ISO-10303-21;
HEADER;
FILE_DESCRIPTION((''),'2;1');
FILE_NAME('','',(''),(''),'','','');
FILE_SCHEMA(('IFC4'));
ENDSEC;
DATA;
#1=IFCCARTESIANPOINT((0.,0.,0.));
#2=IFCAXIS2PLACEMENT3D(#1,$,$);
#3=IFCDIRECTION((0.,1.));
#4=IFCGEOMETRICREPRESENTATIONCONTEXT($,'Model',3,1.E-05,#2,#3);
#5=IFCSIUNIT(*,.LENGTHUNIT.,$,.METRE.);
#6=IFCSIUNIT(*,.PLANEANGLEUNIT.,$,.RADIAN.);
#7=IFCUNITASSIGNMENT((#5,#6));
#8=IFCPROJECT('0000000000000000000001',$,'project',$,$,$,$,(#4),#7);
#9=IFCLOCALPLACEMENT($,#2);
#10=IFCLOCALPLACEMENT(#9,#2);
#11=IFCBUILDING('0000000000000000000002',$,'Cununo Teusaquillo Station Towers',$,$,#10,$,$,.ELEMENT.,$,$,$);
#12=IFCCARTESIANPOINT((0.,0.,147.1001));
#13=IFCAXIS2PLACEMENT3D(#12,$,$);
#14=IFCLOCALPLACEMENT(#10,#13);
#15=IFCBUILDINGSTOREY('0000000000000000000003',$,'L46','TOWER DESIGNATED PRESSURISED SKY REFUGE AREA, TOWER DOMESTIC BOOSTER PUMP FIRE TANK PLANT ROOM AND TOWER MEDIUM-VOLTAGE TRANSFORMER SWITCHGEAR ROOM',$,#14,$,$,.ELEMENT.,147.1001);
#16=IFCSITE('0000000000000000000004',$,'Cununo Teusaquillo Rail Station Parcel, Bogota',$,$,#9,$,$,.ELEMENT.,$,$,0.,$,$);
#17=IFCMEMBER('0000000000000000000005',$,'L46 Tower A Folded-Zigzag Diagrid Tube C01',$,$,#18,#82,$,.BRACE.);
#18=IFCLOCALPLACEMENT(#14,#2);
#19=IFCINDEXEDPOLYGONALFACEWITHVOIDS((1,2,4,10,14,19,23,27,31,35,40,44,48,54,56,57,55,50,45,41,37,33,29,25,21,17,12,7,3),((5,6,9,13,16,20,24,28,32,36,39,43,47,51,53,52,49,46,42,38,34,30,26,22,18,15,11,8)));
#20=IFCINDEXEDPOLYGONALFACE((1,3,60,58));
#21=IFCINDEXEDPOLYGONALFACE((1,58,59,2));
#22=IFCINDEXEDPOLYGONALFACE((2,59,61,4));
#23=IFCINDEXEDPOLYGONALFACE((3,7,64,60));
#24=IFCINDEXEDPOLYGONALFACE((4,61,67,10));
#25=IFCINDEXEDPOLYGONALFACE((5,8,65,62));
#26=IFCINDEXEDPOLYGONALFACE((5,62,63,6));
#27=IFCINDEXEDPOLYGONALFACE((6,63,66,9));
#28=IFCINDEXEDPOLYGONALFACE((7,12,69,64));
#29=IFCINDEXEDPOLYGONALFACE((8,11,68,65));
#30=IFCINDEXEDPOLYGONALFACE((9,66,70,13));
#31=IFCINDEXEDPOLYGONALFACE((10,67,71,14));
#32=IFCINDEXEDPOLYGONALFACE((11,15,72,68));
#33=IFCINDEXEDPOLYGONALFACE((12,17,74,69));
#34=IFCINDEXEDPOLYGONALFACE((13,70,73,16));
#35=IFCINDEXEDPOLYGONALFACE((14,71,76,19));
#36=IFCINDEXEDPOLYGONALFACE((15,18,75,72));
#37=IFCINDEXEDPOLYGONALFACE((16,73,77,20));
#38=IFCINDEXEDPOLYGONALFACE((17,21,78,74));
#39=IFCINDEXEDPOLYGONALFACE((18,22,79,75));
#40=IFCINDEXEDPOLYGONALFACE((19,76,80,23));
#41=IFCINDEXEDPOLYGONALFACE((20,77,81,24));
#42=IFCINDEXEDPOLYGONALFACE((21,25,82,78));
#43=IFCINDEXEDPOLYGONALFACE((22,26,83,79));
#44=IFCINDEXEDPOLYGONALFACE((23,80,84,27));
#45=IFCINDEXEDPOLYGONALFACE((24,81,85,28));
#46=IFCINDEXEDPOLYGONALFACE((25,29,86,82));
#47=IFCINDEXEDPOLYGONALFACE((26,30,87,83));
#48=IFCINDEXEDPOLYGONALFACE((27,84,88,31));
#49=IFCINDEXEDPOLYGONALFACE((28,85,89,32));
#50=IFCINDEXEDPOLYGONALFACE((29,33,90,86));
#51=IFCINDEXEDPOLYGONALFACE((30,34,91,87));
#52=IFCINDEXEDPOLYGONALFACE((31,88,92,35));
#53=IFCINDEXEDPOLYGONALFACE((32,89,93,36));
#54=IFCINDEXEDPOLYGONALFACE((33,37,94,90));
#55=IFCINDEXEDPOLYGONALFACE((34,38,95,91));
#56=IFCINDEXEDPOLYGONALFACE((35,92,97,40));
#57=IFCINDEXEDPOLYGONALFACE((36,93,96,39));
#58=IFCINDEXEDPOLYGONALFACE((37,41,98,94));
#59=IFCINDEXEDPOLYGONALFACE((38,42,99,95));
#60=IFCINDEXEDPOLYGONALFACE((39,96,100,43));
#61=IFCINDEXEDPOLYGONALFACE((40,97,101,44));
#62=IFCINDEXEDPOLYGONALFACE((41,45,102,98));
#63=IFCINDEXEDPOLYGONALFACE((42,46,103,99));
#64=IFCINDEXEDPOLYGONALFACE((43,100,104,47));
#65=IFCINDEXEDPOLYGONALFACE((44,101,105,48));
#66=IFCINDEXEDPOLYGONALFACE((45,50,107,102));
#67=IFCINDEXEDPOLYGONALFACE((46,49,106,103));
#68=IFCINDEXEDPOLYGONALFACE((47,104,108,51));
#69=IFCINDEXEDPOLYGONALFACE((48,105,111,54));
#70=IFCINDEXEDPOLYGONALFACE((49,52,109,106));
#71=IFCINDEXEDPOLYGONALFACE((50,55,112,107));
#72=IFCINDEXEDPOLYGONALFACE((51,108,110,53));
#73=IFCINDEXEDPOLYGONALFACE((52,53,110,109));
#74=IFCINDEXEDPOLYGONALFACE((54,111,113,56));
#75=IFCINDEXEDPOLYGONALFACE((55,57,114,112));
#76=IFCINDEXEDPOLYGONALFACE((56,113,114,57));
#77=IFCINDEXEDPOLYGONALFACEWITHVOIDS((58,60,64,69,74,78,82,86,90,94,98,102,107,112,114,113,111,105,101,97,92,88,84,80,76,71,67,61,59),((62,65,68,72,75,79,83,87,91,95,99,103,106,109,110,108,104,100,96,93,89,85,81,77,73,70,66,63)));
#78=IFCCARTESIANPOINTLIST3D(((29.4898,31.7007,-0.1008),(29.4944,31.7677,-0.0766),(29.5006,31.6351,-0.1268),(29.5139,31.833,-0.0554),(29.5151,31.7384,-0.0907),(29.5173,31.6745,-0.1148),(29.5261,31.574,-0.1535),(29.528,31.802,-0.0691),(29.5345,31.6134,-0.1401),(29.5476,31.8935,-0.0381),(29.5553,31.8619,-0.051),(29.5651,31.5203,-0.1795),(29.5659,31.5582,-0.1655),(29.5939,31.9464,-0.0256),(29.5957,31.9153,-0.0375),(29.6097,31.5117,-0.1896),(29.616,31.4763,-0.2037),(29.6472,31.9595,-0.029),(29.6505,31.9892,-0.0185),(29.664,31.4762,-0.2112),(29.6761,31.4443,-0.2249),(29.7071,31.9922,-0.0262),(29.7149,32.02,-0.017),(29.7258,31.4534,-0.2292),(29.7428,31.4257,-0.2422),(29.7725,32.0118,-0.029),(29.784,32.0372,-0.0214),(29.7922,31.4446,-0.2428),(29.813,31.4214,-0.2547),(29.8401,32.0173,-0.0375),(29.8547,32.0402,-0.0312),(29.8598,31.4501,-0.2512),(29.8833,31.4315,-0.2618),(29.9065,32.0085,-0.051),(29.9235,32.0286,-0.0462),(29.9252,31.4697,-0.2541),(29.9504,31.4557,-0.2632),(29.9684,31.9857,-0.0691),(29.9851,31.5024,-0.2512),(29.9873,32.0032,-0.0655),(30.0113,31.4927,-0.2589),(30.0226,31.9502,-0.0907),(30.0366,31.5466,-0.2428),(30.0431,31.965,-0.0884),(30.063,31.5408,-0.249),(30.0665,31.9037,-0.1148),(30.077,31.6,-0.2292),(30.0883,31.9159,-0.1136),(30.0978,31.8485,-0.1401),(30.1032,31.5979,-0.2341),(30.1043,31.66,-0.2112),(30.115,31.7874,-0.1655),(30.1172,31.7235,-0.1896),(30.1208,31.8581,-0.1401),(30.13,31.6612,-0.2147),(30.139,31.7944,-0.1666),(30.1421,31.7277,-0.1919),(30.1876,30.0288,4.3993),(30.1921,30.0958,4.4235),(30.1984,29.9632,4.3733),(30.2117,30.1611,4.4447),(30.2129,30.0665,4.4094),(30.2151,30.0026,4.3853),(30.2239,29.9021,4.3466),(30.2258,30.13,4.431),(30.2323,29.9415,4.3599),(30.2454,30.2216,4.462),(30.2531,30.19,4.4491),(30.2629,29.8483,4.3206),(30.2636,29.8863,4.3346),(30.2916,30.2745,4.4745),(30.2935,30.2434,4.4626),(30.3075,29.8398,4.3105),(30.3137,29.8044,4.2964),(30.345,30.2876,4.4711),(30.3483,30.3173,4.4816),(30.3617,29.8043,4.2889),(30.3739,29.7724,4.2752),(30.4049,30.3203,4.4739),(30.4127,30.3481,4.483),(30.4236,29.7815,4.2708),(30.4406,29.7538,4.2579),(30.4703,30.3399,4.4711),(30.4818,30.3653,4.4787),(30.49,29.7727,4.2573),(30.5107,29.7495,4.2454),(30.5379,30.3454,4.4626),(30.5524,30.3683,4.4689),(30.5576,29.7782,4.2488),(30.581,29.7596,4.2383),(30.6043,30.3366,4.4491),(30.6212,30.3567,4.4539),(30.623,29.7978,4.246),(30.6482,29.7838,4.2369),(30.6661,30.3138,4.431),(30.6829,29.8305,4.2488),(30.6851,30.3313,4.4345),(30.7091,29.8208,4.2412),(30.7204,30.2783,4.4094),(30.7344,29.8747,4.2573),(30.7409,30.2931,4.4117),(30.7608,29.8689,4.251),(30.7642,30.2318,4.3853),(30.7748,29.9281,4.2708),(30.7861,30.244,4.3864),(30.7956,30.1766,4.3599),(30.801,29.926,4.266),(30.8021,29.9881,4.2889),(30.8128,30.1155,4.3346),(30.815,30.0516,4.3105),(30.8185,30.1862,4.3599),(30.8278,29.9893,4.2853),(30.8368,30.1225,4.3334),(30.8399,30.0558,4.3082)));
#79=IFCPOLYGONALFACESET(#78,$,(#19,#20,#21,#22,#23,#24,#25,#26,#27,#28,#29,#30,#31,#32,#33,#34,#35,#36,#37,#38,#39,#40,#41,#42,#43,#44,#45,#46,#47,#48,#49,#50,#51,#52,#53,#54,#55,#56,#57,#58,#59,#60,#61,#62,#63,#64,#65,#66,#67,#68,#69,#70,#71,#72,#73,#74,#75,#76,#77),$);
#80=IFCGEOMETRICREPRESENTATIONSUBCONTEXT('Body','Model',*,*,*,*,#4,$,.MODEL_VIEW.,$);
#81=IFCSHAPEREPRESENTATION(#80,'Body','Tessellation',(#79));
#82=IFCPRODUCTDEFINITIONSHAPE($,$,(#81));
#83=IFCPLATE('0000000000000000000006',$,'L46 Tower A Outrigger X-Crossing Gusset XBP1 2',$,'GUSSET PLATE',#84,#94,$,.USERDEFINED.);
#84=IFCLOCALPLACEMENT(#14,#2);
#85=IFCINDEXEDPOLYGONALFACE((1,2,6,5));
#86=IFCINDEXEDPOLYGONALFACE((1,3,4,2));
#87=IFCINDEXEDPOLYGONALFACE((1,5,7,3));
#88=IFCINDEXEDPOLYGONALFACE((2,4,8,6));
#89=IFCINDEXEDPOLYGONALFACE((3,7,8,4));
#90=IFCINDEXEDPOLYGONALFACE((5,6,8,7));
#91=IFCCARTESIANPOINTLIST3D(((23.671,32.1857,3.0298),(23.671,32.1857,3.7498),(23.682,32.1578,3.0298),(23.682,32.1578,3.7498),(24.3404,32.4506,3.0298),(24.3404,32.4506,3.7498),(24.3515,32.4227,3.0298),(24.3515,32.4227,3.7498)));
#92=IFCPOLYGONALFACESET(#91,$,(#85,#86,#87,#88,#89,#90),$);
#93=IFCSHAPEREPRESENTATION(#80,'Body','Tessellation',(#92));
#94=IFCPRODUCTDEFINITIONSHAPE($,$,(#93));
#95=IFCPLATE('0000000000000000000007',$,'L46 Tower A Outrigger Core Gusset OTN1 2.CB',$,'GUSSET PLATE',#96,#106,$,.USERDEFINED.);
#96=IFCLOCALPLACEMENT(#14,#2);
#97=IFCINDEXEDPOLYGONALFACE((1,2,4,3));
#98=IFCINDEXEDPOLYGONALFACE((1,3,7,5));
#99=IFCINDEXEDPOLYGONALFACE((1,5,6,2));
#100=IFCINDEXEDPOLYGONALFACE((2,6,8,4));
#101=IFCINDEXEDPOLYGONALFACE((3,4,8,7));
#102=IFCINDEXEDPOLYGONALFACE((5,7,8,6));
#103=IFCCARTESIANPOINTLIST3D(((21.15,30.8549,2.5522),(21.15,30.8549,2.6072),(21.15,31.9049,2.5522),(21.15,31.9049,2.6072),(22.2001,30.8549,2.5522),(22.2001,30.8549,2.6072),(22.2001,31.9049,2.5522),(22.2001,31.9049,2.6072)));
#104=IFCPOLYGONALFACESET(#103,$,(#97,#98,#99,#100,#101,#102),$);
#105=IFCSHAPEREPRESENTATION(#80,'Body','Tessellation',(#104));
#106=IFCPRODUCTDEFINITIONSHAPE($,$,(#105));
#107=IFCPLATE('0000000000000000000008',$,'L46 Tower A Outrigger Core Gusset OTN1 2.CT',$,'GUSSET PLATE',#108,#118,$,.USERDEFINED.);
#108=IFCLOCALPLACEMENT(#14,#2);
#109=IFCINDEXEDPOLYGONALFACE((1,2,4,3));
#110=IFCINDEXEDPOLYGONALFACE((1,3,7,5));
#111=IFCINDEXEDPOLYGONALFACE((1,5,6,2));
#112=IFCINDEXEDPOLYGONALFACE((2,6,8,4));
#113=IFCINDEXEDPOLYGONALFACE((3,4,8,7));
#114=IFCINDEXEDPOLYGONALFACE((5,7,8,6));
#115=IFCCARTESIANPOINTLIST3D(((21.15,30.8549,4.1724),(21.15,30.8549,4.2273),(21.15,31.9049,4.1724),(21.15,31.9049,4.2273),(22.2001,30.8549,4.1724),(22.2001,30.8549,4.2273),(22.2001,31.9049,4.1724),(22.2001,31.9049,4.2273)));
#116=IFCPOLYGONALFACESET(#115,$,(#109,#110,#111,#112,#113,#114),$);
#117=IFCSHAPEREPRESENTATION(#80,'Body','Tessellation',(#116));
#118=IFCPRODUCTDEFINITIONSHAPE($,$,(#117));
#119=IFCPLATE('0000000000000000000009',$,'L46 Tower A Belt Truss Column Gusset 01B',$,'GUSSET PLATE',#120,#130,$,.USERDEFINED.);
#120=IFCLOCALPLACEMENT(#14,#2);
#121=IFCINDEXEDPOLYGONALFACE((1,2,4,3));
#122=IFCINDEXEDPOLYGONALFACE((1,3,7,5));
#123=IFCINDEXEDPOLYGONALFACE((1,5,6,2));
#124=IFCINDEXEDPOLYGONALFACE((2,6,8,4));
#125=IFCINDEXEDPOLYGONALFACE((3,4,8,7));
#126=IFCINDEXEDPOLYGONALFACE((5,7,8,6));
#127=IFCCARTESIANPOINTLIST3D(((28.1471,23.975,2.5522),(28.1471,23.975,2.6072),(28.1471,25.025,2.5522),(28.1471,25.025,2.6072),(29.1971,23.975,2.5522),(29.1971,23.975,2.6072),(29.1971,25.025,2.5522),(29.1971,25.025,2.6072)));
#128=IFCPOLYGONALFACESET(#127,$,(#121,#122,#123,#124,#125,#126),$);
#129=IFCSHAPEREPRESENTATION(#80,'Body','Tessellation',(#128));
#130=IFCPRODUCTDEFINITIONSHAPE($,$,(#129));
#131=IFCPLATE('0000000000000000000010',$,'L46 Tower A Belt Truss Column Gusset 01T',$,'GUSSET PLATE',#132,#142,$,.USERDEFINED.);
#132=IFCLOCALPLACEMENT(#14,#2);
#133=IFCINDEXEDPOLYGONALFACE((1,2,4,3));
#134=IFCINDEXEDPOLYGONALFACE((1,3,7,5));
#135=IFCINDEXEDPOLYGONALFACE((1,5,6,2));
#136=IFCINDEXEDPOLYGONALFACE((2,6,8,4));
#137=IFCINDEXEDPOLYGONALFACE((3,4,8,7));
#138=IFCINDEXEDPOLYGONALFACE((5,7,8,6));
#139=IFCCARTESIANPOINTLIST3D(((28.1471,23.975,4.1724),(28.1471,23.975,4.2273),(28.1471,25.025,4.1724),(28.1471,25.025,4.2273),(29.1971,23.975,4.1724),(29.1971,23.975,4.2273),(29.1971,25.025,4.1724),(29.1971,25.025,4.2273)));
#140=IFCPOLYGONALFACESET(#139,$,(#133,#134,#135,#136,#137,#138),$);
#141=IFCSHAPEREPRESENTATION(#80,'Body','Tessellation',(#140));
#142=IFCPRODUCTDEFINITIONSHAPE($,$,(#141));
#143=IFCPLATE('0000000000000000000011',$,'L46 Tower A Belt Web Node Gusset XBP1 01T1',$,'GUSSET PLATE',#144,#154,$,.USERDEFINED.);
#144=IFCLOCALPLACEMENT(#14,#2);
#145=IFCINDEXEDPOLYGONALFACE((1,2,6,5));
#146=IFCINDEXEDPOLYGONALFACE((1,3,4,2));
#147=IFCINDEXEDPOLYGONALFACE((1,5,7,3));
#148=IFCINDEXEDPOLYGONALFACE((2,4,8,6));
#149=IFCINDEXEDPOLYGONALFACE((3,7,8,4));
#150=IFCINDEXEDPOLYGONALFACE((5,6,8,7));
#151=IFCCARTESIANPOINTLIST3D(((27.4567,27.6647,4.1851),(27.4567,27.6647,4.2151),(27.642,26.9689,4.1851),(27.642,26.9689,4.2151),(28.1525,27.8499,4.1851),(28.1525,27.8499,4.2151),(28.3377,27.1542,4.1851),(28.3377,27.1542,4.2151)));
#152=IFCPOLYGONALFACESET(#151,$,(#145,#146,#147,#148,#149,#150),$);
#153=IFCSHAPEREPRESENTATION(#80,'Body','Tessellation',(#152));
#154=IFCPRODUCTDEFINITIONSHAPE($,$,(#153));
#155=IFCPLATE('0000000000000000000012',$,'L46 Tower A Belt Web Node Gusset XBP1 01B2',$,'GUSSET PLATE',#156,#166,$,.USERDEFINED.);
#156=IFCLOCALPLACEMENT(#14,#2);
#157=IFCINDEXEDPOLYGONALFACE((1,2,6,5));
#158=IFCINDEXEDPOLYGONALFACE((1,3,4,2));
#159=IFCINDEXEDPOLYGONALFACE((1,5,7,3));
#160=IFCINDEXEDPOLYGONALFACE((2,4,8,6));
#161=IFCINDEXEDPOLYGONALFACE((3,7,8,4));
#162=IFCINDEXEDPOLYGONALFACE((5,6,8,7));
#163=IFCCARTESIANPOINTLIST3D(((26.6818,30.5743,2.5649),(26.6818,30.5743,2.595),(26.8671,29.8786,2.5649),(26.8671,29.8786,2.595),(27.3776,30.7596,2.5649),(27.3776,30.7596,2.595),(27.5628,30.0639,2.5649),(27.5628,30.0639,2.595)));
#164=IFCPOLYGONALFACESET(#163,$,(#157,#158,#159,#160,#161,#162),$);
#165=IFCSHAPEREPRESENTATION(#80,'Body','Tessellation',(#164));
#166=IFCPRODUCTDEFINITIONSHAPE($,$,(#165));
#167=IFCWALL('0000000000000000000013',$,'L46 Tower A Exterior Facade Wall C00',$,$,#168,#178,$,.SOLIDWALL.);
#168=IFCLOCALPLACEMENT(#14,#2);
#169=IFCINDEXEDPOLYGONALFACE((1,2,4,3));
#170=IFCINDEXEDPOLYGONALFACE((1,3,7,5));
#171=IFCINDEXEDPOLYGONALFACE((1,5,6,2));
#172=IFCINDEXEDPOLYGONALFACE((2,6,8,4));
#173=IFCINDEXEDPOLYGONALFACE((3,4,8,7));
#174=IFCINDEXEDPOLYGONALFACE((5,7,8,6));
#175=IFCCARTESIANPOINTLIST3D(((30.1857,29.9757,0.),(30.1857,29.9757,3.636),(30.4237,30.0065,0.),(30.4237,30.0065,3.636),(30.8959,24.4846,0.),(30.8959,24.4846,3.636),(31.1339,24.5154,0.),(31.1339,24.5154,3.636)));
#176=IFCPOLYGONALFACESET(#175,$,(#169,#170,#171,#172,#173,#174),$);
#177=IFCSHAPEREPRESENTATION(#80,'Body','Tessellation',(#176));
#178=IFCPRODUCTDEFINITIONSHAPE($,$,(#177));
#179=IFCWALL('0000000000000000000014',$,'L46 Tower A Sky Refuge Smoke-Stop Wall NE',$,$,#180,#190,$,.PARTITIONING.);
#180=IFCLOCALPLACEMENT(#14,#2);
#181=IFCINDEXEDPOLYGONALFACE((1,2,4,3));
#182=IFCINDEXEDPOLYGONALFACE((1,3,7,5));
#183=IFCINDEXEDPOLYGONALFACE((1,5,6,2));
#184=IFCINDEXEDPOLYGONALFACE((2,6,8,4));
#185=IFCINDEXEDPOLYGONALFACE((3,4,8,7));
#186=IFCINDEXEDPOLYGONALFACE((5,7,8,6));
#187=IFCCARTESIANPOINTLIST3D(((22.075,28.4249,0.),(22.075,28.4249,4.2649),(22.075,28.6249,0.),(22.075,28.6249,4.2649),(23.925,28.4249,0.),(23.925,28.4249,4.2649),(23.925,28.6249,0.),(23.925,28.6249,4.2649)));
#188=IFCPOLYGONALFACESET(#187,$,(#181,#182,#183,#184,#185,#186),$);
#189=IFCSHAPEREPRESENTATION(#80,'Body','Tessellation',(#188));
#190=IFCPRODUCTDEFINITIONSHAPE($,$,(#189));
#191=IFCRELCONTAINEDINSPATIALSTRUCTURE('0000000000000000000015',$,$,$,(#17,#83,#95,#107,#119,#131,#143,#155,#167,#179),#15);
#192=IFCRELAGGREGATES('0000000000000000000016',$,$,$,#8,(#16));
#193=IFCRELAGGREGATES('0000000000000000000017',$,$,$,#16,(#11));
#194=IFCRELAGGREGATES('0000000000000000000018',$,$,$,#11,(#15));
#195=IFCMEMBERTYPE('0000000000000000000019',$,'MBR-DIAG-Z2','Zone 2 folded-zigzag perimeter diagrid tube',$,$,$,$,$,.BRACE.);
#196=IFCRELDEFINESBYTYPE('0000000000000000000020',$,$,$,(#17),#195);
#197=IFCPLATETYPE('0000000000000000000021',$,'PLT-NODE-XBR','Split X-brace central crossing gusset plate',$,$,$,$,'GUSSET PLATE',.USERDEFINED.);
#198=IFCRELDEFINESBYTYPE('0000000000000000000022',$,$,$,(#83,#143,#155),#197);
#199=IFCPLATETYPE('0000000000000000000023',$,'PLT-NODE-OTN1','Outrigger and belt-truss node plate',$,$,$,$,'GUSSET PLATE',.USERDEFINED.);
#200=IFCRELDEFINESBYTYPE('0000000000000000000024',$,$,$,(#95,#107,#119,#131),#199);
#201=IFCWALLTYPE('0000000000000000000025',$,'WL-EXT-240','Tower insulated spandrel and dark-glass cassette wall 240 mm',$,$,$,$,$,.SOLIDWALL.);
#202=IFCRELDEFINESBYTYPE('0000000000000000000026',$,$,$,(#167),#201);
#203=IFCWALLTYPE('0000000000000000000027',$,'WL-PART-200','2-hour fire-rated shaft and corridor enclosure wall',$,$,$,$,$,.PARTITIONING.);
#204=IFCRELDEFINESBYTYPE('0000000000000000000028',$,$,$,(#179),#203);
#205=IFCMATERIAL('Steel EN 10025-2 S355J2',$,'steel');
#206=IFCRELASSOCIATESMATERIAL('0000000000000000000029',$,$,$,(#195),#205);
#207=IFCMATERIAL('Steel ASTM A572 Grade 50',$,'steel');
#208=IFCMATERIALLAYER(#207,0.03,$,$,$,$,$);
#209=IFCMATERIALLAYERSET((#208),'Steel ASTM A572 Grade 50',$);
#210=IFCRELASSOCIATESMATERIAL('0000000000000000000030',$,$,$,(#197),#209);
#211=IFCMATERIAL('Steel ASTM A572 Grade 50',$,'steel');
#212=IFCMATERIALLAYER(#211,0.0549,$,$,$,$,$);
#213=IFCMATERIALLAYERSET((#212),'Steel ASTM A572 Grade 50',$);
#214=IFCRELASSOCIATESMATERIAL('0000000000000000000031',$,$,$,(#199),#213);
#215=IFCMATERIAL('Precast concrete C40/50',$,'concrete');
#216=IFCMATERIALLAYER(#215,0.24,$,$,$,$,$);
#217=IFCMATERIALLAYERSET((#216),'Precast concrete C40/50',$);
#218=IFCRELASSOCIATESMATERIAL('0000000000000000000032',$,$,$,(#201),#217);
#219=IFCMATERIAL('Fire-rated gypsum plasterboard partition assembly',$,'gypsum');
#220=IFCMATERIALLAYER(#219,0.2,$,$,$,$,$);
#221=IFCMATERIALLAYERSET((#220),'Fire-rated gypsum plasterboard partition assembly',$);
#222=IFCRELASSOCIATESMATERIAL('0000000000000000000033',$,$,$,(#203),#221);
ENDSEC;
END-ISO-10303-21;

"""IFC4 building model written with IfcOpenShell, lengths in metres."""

from ifc_helpers import new_model, si_unit, direction, frame, frame_2d, origin, origin_2d, place, context, subcontext, project, spatial, rectangle, hollow_circle, extrude, source, transform, mapped, material, layer, layer_set, material_profile, profile_set, type_object, element, save


model = new_model("IFC4")

# Units and contexts
model_context = context("Model", 3, precision=1e-05, world=origin(), true_north=direction((0.0, 1.0)))
body_context = subcontext(model_context, "Body", "Model", "MODEL_VIEW")
ifc_project = project(units=[si_unit("LENGTHUNIT", "METRE"), si_unit("PLANEANGLEUNIT", "RADIAN")], contexts=[model_context])

# Site, building, storey
site_placement = place(None, origin())
site = spatial("IfcSite", under=ifc_project, at=site_placement, Name="Cununo Teusaquillo Rail Station Parcel, Bogota", CompositionType="ELEMENT", RefElevation=0.0)
building_placement = place(site_placement, origin())
building = spatial("IfcBuilding", under=site, at=building_placement, Name="Cununo Teusaquillo Station Towers", CompositionType="ELEMENT")
storey_placement = place(building_placement, frame((0.0, 0.0, 147.1001)))
storey = spatial("IfcBuildingStorey", under=building, at=storey_placement, Name="L46", Description="TOWER DESIGNATED PRESSURISED SKY REFUGE AREA, TOWER DOMESTIC BOOSTER PUMP FIRE TANK PLANT ROOM AND TOWER MEDIUM-VOLTAGE TRANSFORMER SWITCHGEAR ROOM", CompositionType="ELEMENT", Elevation=147.1001)

# Member
ifc_material_1 = material(Name="Steel EN 10025-2 S355J2", Category="steel")
ifc_material_profile_1 = material_profile(ifc_material_1, hollow_circle(Radius=0.3301, WallThickness=0.0249, at=origin_2d()), Name="CHS 660x25")
ifc_profile_set_1 = profile_set([ifc_material_profile_1], Name="Steel EN 10025-2 S355J2")
member_type_1 = type_object("IfcMemberType", Name="MBR-DIAG-Z2", Description="Zone 2 folded-zigzag perimeter diagrid tube", PredefinedType="BRACE", material=ifc_profile_set_1)
member_1_placement = place(storey_placement, frame((29.8162, 31.731, -0.1401), z_axis=(0.143838, -0.344647, 0.927647), x_axis=(0.922853, 0.385151, 0.0)))
element("IfcMember", 1, at=member_1_placement, inside=storey, type_object=member_type_1, Name="L46 Tower A Folded-Zigzag Diagrid Tube C01", PredefinedType="BRACE", context=body_context, shape_type="SweptSolid", body=[
    extrude(hollow_circle(Radius=0.3301, WallThickness=0.0249, at=origin_2d()), origin(), (0.0, 0.0, 1.0), 4.8511),
])

# Plates
ifc_material_2 = material(Name="Steel ASTM A572 Grade 50", Category="steel")
ifc_layer_1 = layer(ifc_material_2, 0.03)
ifc_layer_set_1 = layer_set([ifc_layer_1], Name="Steel ASTM A572 Grade 50")
plate_type_1 = type_object("IfcPlateType", Name="PLT-NODE-XBR", Description="Split X-brace central crossing gusset plate", ElementType="GUSSET PLATE", PredefinedType="USERDEFINED", material=ifc_layer_set_1)
shared_shape_1 = source(origin(), body_context, "Body", "SweptSolid", [
    extrude(rectangle(XDim=0.72, YDim=0.03, at=origin_2d()), origin(), (0.0, 0.0, 1.0), 0.72),
])
plate_placement = place(storey_placement, frame((24.0112, 32.3042, 3.0298), z_axis=(0.0, 0.0, 1.0), x_axis=(0.929841, 0.367962, 0.0)))
element("IfcPlate", 2, at=plate_placement, inside=storey, type_object=plate_type_1, Name="L46 Tower A Outrigger X-Crossing Gusset XBP1 2", ObjectType="GUSSET PLATE", PredefinedType="USERDEFINED", context=body_context, shape_type="MappedRepresentation", body=[
    mapped(shared_shape_1, transform((0.0, 0.0, 0.0), x_axis=(1.0, 0.0, 0.0), y_axis=(0.0, 1.0, 0.0), z_axis=(0.0, 0.0, 1.0), scale=1.0)),
])
ifc_material_3 = material(Name="Steel ASTM A572 Grade 50", Category="steel")
ifc_layer_2 = layer(ifc_material_3, 0.0549)
ifc_layer_set_2 = layer_set([ifc_layer_2], Name="Steel ASTM A572 Grade 50")
plate_type_2 = type_object("IfcPlateType", Name="PLT-NODE-OTN1", Description="Outrigger and belt-truss node plate", ElementType="GUSSET PLATE", PredefinedType="USERDEFINED", material=ifc_layer_set_2)
shared_shape_2 = source(origin(), body_context, "Body", "SweptSolid", [
    extrude(rectangle(XDim=1.05, YDim=1.05, at=origin_2d()), origin(), (0.0, 0.0, 1.0), 0.0549),
])
for number, where, z_axis, x_axis, name in (
    (3, (21.675, 31.3799, 2.5522), (0.0, 0.0, 1.0), (1.0, 0.0, 0.0), "L46 Tower A Outrigger Core Gusset OTN1 2.CB"),
    (4, (21.675, 31.3799, 4.1724), (0.0, 0.0, 1.0), (1.0, 0.0, 0.0), "L46 Tower A Outrigger Core Gusset OTN1 2.CT"),
    (5, (28.6721, 24.5, 2.5522), (0.0, 0.0, 1.0), (1.0, 0.0, 0.0), "L46 Tower A Belt Truss Column Gusset 01B"),
    (6, (28.6721, 24.5, 4.1724), (0.0, 0.0, 1.0), (1.0, 0.0, 0.0), "L46 Tower A Belt Truss Column Gusset 01T"),
):
    element("IfcPlate", number, at=place(storey_placement, frame(where, z_axis=z_axis, x_axis=x_axis)), inside=storey, type_object=plate_type_2, Name=name, ObjectType="GUSSET PLATE", PredefinedType="USERDEFINED", context=body_context, shape_type="MappedRepresentation", body=[
        mapped(shared_shape_2, transform((0.0, 0.0, 0.0), x_axis=(1.0, 0.0, 0.0), y_axis=(0.0, 1.0, 0.0), z_axis=(0.0, 0.0, 1.0), scale=1.0)),
    ])
shared_shape_3 = source(origin(), body_context, "Body", "SweptSolid", [
    extrude(rectangle(XDim=0.72, YDim=0.72, at=origin_2d()), origin(), (0.0, 0.0, 1.0), 0.03),
])
for number, where, z_axis, x_axis, name in (
    (7, (27.8972, 27.4094, 4.1851), (0.0, 0.0, 1.0), (-0.257301, 0.966331, 0.0), "L46 Tower A Belt Web Node Gusset XBP1 01T1"),
    (8, (27.1223, 30.3191, 2.5649), (0.0, 0.0, 1.0), (-0.257301, 0.966331, 0.0), "L46 Tower A Belt Web Node Gusset XBP1 01B2"),
):
    element("IfcPlate", number, at=place(storey_placement, frame(where, z_axis=z_axis, x_axis=x_axis)), inside=storey, type_object=plate_type_1, Name=name, ObjectType="GUSSET PLATE", PredefinedType="USERDEFINED", context=body_context, shape_type="MappedRepresentation", body=[
        mapped(shared_shape_3, transform((0.0, 0.0, 0.0), x_axis=(1.0, 0.0, 0.0), y_axis=(0.0, 1.0, 0.0), z_axis=(0.0, 0.0, 1.0), scale=1.0)),
    ])

# Walls
ifc_material_4 = material(Name="Precast concrete C40/50", Category="concrete")
ifc_layer_3 = layer(ifc_material_4, 0.24)
ifc_layer_set_3 = layer_set([ifc_layer_3], Name="Precast concrete C40/50")
wall_type_1 = type_object("IfcWallType", Name="WL-EXT-240", Description="Tower insulated spandrel and dark-glass cassette wall 240 mm", PredefinedType="SOLIDWALL", material=ifc_layer_set_3)
wall_1_placement = place(storey_placement, frame((30.3047, 29.9912, 0.0), z_axis=(0.0, 0.0, 1.0), x_axis=(0.128267, -0.99174, 0.0)))
element("IfcWall", 9, at=wall_1_placement, inside=storey, type_object=wall_type_1, Name="L46 Tower A Exterior Facade Wall C00", PredefinedType="SOLIDWALL", context=body_context, shape_type="SweptSolid", body=[
    extrude(rectangle(XDim=5.5369, YDim=0.24, at=frame_2d((2.7686, 0.0))), origin(), (0.0, 0.0, 1.0), 3.636),
])
ifc_material_5 = material(Name="Fire-rated gypsum plasterboard partition assembly", Category="gypsum")
ifc_layer_4 = layer(ifc_material_5, 0.2)
ifc_layer_set_4 = layer_set([ifc_layer_4], Name="Fire-rated gypsum plasterboard partition assembly")
wall_type_2 = type_object("IfcWallType", Name="WL-PART-200", Description="2-hour fire-rated shaft and corridor enclosure wall", PredefinedType="PARTITIONING", material=ifc_layer_set_4)
wall_2_placement = place(storey_placement, frame((22.075, 28.5249, 0.0), z_axis=(0.0, 0.0, 1.0), x_axis=(1.0, 0.0, 0.0)))
element("IfcWall", 10, at=wall_2_placement, inside=storey, type_object=wall_type_2, Name="L46 Tower A Sky Refuge Smoke-Stop Wall NE", PredefinedType="PARTITIONING", context=body_context, shape_type="SweptSolid", body=[
    extrude(rectangle(XDim=1.8501, YDim=0.2, at=frame_2d((0.925, 0.0))), origin(), (0.0, 0.0, 1.0), 4.2649),
])

save(model, "model.ifc")
